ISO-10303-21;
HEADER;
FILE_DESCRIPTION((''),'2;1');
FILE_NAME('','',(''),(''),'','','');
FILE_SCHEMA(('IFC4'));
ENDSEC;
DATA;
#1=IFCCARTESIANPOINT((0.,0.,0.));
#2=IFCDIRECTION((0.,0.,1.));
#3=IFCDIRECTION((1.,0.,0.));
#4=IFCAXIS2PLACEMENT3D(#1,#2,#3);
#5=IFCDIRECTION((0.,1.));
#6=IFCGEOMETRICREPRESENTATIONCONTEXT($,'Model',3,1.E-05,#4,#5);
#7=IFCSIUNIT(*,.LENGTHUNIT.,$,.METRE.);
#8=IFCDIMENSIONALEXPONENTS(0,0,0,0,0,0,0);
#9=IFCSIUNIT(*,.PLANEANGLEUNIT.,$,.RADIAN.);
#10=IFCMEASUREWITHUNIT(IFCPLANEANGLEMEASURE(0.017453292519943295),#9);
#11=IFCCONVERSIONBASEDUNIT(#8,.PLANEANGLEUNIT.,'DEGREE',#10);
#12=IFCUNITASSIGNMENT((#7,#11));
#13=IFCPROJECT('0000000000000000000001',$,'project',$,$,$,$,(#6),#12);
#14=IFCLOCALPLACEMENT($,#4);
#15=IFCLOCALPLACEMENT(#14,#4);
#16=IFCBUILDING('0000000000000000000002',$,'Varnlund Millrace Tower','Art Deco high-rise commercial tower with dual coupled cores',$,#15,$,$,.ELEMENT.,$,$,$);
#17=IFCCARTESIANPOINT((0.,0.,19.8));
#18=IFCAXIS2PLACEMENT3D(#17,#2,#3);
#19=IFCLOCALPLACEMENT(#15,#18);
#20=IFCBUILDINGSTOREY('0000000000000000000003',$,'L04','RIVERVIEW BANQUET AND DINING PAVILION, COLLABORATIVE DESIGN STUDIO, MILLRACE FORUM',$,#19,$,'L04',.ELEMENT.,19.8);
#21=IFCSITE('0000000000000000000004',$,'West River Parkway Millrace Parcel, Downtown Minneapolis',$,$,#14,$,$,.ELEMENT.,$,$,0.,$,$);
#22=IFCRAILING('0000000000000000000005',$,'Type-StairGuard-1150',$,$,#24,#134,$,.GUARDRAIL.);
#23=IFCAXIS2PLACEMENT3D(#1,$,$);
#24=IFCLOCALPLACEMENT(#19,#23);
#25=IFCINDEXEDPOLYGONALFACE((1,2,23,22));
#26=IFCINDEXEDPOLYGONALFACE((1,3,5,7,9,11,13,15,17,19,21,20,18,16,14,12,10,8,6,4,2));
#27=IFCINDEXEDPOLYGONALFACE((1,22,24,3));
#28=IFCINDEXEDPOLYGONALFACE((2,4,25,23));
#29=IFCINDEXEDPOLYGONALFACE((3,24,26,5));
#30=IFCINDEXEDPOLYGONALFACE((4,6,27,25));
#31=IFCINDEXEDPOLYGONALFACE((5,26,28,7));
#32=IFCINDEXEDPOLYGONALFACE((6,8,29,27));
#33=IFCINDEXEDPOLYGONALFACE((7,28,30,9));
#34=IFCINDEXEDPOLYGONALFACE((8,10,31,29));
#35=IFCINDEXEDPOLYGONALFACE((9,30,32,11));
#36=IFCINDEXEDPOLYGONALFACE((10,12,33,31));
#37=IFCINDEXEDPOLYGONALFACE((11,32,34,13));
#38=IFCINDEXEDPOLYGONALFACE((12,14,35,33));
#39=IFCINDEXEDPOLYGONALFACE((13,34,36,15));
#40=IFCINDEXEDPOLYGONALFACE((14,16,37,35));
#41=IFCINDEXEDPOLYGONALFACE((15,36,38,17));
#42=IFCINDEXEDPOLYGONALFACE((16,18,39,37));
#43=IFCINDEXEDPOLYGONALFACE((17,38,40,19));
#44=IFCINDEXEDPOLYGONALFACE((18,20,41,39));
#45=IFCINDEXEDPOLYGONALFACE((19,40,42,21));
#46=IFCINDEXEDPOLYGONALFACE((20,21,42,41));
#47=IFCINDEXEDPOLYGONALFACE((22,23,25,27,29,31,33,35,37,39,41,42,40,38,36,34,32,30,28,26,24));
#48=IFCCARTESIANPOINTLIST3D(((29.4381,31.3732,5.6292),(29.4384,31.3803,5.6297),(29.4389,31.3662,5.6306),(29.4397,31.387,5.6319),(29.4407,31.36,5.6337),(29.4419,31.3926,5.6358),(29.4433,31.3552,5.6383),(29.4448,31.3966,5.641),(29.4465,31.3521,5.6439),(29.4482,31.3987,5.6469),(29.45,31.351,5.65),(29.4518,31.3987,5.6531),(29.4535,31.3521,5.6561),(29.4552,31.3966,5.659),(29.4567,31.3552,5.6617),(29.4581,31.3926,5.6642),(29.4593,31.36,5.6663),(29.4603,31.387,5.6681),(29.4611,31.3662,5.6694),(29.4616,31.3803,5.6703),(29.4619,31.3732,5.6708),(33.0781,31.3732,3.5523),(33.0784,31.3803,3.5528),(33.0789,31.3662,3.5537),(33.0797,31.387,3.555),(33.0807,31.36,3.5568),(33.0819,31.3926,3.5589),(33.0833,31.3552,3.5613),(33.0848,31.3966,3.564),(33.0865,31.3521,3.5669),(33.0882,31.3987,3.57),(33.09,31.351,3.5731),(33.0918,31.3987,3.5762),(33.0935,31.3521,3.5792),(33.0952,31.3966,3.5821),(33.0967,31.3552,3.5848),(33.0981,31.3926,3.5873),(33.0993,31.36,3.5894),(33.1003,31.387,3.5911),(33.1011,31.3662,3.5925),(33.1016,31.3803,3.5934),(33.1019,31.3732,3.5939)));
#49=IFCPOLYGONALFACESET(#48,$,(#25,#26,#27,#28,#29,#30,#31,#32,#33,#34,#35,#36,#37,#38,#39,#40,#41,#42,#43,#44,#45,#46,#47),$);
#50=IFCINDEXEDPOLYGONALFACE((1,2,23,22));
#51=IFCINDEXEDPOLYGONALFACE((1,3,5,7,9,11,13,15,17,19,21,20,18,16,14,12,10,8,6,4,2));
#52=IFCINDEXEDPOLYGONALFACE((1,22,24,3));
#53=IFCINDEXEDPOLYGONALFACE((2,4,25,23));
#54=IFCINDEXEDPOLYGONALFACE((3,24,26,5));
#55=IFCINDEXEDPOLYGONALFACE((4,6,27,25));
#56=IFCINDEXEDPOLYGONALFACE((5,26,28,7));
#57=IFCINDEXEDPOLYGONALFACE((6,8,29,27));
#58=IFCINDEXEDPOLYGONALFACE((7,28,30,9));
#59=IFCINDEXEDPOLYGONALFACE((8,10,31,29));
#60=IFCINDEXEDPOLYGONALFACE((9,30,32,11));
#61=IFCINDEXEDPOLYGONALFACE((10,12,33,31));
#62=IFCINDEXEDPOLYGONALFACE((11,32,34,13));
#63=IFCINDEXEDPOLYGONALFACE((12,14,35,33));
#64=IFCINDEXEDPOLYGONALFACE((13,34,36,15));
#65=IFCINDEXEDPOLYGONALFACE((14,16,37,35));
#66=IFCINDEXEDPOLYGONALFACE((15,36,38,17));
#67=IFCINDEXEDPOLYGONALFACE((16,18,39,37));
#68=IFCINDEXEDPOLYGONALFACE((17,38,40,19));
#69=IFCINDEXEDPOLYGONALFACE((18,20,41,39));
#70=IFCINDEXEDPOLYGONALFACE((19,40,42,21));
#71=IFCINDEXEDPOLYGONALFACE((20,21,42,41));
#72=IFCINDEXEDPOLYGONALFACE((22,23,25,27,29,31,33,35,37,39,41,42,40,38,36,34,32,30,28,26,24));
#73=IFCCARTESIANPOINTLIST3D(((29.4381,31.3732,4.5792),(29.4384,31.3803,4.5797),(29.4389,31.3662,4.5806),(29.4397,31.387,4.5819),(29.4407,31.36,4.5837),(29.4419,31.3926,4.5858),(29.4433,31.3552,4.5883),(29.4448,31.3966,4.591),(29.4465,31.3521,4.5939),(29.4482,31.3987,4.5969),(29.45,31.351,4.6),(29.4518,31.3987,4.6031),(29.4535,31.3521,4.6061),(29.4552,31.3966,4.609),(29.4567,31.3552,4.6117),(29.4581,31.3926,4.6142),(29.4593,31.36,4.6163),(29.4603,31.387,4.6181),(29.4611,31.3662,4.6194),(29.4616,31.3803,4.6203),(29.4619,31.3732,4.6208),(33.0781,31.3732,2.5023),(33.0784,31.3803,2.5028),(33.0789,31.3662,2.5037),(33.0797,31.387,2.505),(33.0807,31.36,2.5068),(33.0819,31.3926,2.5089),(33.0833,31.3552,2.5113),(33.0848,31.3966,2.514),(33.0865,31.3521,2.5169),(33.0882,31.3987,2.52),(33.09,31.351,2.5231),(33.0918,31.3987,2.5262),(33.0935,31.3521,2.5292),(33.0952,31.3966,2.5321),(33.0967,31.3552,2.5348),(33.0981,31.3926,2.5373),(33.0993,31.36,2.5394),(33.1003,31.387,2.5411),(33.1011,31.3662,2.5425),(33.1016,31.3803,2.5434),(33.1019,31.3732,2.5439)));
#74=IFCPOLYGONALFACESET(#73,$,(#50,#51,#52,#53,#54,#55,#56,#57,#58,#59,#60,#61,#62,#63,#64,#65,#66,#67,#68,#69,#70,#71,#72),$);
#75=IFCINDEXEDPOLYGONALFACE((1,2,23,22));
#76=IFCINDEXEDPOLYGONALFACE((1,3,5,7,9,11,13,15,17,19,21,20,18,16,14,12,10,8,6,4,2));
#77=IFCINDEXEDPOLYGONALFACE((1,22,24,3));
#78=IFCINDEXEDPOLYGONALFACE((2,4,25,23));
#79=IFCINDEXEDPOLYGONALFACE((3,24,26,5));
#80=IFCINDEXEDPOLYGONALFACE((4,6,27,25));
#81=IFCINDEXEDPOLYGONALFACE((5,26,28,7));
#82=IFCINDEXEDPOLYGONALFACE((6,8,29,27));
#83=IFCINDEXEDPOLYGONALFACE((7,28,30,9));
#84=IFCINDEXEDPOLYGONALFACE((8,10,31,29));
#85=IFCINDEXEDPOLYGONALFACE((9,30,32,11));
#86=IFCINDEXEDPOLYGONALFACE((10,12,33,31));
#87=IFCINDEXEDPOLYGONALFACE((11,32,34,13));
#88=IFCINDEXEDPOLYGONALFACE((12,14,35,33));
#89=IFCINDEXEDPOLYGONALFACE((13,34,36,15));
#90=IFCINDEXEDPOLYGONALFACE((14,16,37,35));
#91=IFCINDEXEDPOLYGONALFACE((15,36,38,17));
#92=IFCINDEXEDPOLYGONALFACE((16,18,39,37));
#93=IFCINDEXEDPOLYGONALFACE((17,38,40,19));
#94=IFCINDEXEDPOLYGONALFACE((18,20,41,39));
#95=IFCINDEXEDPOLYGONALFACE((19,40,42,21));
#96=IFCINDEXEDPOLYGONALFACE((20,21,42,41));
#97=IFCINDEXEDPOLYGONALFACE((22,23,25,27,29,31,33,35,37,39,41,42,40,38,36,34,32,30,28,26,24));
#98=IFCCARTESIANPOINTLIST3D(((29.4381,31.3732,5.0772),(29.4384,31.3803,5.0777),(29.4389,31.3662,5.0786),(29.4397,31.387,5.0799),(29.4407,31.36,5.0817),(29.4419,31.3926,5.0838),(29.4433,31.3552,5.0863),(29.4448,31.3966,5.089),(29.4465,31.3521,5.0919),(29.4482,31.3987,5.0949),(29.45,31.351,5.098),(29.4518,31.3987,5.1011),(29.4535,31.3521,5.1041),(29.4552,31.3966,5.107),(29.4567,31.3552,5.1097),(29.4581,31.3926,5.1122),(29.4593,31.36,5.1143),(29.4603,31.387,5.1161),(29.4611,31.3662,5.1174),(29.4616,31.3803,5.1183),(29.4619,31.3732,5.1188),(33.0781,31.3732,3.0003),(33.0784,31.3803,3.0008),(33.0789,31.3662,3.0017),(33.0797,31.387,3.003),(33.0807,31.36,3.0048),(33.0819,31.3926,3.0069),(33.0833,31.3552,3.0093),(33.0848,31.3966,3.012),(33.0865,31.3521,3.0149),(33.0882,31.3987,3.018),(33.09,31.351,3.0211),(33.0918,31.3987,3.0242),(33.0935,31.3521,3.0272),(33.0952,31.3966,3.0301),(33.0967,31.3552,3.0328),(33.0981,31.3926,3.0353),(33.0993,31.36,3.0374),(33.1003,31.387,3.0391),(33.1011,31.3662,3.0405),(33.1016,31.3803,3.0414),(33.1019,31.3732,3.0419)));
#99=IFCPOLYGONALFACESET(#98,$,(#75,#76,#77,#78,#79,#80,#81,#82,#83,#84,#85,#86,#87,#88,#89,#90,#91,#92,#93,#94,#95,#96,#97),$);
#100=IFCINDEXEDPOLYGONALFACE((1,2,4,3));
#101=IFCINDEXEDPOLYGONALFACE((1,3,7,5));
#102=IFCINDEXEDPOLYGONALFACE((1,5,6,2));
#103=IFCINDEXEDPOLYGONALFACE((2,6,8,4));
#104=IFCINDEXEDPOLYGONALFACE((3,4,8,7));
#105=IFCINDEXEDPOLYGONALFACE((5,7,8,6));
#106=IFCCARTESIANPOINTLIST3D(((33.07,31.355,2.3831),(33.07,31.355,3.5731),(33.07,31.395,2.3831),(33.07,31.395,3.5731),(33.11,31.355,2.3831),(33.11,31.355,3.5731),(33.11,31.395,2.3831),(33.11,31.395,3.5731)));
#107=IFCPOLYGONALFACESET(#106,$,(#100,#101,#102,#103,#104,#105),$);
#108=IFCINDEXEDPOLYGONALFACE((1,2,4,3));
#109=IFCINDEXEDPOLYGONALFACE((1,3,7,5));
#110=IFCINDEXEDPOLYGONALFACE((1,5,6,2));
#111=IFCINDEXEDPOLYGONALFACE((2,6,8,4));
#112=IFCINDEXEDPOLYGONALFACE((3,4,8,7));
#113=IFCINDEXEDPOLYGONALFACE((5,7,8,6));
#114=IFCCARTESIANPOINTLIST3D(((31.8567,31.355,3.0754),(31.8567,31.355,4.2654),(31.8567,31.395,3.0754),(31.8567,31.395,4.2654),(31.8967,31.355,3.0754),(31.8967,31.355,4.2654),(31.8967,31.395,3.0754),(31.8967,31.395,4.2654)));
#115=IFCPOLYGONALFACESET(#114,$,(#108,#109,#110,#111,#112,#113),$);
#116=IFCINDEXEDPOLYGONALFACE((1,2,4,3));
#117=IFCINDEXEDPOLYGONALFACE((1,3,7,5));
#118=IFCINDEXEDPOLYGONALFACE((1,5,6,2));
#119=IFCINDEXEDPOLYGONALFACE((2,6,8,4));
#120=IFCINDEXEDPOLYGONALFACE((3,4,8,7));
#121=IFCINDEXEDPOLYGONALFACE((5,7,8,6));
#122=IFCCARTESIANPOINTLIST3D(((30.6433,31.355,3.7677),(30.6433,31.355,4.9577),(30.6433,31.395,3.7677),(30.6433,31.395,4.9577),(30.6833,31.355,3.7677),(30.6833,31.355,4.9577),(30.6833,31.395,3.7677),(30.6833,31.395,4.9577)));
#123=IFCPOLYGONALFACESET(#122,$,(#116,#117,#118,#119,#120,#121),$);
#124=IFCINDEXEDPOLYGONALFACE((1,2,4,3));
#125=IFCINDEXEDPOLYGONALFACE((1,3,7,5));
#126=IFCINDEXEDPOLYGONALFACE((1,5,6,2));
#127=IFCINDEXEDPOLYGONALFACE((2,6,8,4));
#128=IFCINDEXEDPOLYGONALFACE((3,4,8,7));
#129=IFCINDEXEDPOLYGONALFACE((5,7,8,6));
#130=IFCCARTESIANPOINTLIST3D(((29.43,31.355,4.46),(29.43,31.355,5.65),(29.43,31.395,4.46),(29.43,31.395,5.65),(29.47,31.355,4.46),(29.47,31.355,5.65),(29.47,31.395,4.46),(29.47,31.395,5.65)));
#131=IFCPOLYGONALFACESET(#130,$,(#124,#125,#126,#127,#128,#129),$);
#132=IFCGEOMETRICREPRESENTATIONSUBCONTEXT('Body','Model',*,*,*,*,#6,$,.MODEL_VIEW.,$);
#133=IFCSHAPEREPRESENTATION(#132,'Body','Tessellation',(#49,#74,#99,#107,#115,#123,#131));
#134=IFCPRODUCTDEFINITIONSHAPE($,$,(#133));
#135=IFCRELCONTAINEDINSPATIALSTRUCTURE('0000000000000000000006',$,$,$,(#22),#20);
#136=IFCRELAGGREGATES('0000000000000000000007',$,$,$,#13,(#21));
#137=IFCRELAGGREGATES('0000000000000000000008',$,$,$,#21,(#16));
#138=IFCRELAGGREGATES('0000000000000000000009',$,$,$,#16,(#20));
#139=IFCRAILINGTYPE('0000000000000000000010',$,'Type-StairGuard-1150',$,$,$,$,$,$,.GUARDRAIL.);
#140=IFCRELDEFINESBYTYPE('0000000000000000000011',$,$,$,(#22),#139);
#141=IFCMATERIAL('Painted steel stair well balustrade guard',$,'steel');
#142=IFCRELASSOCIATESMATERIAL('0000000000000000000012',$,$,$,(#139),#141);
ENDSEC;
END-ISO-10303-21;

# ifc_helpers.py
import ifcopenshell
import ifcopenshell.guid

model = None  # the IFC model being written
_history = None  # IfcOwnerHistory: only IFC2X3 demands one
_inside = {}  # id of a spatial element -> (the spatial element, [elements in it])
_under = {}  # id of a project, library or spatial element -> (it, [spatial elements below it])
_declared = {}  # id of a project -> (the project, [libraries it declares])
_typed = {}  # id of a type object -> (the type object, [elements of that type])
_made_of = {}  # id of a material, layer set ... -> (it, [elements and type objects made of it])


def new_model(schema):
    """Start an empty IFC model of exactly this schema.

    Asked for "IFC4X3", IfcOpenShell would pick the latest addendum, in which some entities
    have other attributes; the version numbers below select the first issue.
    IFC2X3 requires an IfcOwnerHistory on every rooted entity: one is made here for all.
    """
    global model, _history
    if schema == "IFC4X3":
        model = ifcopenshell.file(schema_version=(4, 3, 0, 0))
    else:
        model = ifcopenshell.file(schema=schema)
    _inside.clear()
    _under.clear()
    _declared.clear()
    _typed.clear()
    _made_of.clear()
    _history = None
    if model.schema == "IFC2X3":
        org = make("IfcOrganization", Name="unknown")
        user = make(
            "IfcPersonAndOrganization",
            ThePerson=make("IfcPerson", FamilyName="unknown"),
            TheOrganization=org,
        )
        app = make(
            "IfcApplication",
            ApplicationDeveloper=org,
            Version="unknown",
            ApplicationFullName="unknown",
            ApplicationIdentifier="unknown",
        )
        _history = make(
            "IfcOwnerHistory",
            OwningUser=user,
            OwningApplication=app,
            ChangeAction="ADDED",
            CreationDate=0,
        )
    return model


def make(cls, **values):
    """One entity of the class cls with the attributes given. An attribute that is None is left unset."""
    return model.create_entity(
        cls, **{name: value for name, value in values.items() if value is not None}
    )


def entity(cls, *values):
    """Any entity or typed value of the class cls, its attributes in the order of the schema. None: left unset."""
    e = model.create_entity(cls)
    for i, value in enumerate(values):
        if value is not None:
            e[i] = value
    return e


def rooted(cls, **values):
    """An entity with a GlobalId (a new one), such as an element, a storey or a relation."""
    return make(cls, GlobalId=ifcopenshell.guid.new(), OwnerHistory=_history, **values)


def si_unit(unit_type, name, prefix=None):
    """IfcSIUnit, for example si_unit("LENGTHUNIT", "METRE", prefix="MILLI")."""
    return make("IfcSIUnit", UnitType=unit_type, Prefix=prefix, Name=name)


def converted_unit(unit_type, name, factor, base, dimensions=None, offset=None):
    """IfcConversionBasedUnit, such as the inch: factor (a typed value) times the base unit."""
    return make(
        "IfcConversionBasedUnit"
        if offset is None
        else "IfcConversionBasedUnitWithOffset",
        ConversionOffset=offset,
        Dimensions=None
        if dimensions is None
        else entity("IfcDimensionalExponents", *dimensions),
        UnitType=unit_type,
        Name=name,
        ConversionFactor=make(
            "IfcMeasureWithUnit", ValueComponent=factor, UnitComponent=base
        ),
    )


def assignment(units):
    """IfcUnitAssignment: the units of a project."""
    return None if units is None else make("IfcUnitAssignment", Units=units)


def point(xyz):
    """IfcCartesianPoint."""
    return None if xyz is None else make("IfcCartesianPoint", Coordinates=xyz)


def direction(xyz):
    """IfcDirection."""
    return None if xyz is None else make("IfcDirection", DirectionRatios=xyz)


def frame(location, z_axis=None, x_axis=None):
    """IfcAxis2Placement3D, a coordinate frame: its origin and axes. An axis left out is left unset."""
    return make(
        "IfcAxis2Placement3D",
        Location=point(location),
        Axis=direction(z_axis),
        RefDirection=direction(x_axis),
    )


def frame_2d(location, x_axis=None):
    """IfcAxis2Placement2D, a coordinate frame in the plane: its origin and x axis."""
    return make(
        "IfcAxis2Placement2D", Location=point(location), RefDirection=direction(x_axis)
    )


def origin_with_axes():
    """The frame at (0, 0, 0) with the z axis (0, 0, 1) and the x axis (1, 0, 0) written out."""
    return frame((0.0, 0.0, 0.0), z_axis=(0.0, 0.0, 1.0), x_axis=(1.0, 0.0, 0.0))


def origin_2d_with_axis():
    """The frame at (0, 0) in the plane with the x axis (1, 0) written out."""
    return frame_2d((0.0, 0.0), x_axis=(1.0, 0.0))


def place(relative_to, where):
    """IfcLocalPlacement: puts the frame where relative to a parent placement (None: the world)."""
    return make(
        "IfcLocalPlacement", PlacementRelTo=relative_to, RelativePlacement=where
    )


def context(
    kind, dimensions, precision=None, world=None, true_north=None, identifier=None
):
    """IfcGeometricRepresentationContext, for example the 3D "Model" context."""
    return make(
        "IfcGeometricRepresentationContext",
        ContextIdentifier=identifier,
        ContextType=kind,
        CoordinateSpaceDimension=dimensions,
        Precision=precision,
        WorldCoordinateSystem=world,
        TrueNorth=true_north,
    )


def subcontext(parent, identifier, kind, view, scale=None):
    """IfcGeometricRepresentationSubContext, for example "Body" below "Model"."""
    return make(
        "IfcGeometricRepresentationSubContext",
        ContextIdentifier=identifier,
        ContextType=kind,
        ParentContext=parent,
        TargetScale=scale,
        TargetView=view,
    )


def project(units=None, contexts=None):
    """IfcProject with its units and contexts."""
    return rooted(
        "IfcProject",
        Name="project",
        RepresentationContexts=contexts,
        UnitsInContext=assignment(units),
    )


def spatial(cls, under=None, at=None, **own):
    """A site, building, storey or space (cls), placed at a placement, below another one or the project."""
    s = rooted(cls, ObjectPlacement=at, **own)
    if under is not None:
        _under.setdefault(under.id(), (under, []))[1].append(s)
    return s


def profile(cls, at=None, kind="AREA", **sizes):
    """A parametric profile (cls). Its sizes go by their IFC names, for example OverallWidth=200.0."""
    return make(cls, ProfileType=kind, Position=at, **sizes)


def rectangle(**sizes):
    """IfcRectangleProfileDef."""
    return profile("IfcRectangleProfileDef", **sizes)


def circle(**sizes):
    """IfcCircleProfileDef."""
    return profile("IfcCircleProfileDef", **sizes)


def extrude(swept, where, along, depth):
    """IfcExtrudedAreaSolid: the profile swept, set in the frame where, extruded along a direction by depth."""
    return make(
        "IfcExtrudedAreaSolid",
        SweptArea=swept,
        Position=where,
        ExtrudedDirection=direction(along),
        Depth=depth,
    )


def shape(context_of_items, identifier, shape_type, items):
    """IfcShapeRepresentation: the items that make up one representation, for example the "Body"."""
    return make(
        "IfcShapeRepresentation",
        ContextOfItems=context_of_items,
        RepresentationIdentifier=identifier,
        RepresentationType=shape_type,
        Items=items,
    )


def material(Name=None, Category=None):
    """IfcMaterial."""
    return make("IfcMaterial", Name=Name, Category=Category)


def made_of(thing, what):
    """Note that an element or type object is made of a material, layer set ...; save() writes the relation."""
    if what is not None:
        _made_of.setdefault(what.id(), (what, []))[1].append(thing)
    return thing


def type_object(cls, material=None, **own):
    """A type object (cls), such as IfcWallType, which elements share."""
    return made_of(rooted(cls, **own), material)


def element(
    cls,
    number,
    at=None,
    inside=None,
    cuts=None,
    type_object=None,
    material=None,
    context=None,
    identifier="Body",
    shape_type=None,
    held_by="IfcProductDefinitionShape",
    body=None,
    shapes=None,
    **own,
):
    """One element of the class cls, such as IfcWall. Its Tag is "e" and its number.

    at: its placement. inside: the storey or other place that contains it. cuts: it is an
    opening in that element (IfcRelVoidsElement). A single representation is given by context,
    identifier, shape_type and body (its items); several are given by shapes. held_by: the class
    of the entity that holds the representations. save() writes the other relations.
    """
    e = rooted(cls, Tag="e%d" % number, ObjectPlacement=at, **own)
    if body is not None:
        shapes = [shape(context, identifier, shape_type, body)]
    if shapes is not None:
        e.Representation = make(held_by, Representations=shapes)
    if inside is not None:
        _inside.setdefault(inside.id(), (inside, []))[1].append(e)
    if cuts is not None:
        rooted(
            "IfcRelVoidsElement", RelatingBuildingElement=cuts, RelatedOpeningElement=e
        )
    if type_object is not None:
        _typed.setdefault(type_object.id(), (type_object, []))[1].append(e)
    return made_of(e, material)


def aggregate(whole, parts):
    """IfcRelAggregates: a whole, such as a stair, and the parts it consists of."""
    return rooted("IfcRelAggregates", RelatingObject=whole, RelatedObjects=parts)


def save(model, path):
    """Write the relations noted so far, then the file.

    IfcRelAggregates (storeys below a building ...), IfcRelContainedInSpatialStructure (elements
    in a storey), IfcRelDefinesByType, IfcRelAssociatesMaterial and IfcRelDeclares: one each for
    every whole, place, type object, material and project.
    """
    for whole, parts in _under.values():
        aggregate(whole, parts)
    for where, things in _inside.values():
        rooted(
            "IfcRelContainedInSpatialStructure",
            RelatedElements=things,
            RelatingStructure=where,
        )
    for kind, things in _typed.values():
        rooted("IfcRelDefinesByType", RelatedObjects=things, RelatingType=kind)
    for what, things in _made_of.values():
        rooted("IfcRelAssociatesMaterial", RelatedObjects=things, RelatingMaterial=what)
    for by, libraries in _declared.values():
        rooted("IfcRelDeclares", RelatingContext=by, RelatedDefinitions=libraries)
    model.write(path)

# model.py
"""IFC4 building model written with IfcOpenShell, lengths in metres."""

from ifc_helpers import new_model, entity, si_unit, converted_unit, direction, frame, origin_with_axes, origin_2d_with_axis, place, context, subcontext, project, spatial, rectangle, circle, extrude, material, type_object, element, save


model = new_model("IFC4")

# Units and contexts
model_context = context("Model", 3, precision=1e-05, world=origin_with_axes(), true_north=direction((0.0, 1.0)))
body_context = subcontext(model_context, "Body", "Model", "MODEL_VIEW")
ifc_project = project(units=[si_unit("LENGTHUNIT", "METRE"), converted_unit("PLANEANGLEUNIT", "DEGREE", entity("IfcPlaneAngleMeasure", 0.017453292519943295), si_unit("PLANEANGLEUNIT", "RADIAN"), dimensions=[0, 0, 0, 0, 0, 0, 0])], contexts=[model_context])

# Site, building, storey
site_placement = place(None, origin_with_axes())
site = spatial("IfcSite", under=ifc_project, at=site_placement, Name="West River Parkway Millrace Parcel, Downtown Minneapolis", CompositionType="ELEMENT", RefElevation=0.0)
building_placement = place(site_placement, origin_with_axes())
building = spatial("IfcBuilding", under=site, at=building_placement, Name="Varnlund Millrace Tower", Description="Art Deco high-rise commercial tower with dual coupled cores", CompositionType="ELEMENT")
storey_placement = place(building_placement, frame((0.0, 0.0, 19.8), z_axis=(0.0, 0.0, 1.0), x_axis=(1.0, 0.0, 0.0)))
storey = spatial("IfcBuildingStorey", under=building, at=storey_placement, Name="L04", Description="RIVERVIEW BANQUET AND DINING PAVILION, COLLABORATIVE DESIGN STUDIO, MILLRACE FORUM", LongName="L04", CompositionType="ELEMENT", Elevation=19.8)

# Railing
ifc_material_1 = material(Name="Painted steel stair well balustrade guard", Category="steel")
railing_type_1 = type_object("IfcRailingType", Name="Type-StairGuard-1150", PredefinedType="GUARDRAIL", material=ifc_material_1)
railing_1_placement = place(storey_placement, frame((0.0, 0.0, -19.8), z_axis=(0.0, 0.0, 1.0), x_axis=(1.0, 0.0, 0.0)))
element("IfcRailing", 1, at=railing_1_placement, inside=storey, type_object=railing_type_1, Name="Type-StairGuard-1150", PredefinedType="GUARDRAIL", context=body_context, shape_type="SweptSolid", body=[
    extrude(circle(Radius=0.024, at=origin_2d_with_axis()), frame((33.09, 31.375, 23.3731), z_axis=(-0.868559, 0.0, 0.495585), x_axis=(0.0, -1.0, 0.0)), (0.0, 0.0, 1.0), 4.1908),
    extrude(circle(Radius=0.024, at=origin_2d_with_axis()), frame((33.09, 31.375, 22.3231), z_axis=(-0.868559, 0.0, 0.495585), x_axis=(0.0, -1.0, 0.0)), (0.0, 0.0, 1.0), 4.1908),
    extrude(circle(Radius=0.024, at=origin_2d_with_axis()), frame((33.09, 31.375, 22.8211), z_axis=(-0.868559, 0.0, 0.495585), x_axis=(0.0, -1.0, 0.0)), (0.0, 0.0, 1.0), 4.1908),
    extrude(rectangle(XDim=0.04, YDim=0.04, at=origin_2d_with_axis()), frame((33.09, 31.375, 22.1831), z_axis=(0.0, 0.0, 1.0), x_axis=(1.0, 0.0, 0.0)), (0.0, 0.0, 1.0), 1.19),
    extrude(rectangle(XDim=0.04, YDim=0.04, at=origin_2d_with_axis()), frame((31.8767, 31.375, 22.8754), z_axis=(0.0, 0.0, 1.0), x_axis=(1.0, 0.0, 0.0)), (0.0, 0.0, 1.0), 1.19),
    extrude(rectangle(XDim=0.04, YDim=0.04, at=origin_2d_with_axis()), frame((30.6633, 31.375, 23.5677), z_axis=(0.0, 0.0, 1.0), x_axis=(1.0, 0.0, 0.0)), (0.0, 0.0, 1.0), 1.19),
    extrude(rectangle(XDim=0.04, YDim=0.04, at=origin_2d_with_axis()), frame((29.45, 31.375, 24.26), z_axis=(0.0, 0.0, 1.0), x_axis=(1.0, 0.0, 0.0)), (0.0, 0.0, 1.0), 1.19),
])

save(model, "model.ifc")
